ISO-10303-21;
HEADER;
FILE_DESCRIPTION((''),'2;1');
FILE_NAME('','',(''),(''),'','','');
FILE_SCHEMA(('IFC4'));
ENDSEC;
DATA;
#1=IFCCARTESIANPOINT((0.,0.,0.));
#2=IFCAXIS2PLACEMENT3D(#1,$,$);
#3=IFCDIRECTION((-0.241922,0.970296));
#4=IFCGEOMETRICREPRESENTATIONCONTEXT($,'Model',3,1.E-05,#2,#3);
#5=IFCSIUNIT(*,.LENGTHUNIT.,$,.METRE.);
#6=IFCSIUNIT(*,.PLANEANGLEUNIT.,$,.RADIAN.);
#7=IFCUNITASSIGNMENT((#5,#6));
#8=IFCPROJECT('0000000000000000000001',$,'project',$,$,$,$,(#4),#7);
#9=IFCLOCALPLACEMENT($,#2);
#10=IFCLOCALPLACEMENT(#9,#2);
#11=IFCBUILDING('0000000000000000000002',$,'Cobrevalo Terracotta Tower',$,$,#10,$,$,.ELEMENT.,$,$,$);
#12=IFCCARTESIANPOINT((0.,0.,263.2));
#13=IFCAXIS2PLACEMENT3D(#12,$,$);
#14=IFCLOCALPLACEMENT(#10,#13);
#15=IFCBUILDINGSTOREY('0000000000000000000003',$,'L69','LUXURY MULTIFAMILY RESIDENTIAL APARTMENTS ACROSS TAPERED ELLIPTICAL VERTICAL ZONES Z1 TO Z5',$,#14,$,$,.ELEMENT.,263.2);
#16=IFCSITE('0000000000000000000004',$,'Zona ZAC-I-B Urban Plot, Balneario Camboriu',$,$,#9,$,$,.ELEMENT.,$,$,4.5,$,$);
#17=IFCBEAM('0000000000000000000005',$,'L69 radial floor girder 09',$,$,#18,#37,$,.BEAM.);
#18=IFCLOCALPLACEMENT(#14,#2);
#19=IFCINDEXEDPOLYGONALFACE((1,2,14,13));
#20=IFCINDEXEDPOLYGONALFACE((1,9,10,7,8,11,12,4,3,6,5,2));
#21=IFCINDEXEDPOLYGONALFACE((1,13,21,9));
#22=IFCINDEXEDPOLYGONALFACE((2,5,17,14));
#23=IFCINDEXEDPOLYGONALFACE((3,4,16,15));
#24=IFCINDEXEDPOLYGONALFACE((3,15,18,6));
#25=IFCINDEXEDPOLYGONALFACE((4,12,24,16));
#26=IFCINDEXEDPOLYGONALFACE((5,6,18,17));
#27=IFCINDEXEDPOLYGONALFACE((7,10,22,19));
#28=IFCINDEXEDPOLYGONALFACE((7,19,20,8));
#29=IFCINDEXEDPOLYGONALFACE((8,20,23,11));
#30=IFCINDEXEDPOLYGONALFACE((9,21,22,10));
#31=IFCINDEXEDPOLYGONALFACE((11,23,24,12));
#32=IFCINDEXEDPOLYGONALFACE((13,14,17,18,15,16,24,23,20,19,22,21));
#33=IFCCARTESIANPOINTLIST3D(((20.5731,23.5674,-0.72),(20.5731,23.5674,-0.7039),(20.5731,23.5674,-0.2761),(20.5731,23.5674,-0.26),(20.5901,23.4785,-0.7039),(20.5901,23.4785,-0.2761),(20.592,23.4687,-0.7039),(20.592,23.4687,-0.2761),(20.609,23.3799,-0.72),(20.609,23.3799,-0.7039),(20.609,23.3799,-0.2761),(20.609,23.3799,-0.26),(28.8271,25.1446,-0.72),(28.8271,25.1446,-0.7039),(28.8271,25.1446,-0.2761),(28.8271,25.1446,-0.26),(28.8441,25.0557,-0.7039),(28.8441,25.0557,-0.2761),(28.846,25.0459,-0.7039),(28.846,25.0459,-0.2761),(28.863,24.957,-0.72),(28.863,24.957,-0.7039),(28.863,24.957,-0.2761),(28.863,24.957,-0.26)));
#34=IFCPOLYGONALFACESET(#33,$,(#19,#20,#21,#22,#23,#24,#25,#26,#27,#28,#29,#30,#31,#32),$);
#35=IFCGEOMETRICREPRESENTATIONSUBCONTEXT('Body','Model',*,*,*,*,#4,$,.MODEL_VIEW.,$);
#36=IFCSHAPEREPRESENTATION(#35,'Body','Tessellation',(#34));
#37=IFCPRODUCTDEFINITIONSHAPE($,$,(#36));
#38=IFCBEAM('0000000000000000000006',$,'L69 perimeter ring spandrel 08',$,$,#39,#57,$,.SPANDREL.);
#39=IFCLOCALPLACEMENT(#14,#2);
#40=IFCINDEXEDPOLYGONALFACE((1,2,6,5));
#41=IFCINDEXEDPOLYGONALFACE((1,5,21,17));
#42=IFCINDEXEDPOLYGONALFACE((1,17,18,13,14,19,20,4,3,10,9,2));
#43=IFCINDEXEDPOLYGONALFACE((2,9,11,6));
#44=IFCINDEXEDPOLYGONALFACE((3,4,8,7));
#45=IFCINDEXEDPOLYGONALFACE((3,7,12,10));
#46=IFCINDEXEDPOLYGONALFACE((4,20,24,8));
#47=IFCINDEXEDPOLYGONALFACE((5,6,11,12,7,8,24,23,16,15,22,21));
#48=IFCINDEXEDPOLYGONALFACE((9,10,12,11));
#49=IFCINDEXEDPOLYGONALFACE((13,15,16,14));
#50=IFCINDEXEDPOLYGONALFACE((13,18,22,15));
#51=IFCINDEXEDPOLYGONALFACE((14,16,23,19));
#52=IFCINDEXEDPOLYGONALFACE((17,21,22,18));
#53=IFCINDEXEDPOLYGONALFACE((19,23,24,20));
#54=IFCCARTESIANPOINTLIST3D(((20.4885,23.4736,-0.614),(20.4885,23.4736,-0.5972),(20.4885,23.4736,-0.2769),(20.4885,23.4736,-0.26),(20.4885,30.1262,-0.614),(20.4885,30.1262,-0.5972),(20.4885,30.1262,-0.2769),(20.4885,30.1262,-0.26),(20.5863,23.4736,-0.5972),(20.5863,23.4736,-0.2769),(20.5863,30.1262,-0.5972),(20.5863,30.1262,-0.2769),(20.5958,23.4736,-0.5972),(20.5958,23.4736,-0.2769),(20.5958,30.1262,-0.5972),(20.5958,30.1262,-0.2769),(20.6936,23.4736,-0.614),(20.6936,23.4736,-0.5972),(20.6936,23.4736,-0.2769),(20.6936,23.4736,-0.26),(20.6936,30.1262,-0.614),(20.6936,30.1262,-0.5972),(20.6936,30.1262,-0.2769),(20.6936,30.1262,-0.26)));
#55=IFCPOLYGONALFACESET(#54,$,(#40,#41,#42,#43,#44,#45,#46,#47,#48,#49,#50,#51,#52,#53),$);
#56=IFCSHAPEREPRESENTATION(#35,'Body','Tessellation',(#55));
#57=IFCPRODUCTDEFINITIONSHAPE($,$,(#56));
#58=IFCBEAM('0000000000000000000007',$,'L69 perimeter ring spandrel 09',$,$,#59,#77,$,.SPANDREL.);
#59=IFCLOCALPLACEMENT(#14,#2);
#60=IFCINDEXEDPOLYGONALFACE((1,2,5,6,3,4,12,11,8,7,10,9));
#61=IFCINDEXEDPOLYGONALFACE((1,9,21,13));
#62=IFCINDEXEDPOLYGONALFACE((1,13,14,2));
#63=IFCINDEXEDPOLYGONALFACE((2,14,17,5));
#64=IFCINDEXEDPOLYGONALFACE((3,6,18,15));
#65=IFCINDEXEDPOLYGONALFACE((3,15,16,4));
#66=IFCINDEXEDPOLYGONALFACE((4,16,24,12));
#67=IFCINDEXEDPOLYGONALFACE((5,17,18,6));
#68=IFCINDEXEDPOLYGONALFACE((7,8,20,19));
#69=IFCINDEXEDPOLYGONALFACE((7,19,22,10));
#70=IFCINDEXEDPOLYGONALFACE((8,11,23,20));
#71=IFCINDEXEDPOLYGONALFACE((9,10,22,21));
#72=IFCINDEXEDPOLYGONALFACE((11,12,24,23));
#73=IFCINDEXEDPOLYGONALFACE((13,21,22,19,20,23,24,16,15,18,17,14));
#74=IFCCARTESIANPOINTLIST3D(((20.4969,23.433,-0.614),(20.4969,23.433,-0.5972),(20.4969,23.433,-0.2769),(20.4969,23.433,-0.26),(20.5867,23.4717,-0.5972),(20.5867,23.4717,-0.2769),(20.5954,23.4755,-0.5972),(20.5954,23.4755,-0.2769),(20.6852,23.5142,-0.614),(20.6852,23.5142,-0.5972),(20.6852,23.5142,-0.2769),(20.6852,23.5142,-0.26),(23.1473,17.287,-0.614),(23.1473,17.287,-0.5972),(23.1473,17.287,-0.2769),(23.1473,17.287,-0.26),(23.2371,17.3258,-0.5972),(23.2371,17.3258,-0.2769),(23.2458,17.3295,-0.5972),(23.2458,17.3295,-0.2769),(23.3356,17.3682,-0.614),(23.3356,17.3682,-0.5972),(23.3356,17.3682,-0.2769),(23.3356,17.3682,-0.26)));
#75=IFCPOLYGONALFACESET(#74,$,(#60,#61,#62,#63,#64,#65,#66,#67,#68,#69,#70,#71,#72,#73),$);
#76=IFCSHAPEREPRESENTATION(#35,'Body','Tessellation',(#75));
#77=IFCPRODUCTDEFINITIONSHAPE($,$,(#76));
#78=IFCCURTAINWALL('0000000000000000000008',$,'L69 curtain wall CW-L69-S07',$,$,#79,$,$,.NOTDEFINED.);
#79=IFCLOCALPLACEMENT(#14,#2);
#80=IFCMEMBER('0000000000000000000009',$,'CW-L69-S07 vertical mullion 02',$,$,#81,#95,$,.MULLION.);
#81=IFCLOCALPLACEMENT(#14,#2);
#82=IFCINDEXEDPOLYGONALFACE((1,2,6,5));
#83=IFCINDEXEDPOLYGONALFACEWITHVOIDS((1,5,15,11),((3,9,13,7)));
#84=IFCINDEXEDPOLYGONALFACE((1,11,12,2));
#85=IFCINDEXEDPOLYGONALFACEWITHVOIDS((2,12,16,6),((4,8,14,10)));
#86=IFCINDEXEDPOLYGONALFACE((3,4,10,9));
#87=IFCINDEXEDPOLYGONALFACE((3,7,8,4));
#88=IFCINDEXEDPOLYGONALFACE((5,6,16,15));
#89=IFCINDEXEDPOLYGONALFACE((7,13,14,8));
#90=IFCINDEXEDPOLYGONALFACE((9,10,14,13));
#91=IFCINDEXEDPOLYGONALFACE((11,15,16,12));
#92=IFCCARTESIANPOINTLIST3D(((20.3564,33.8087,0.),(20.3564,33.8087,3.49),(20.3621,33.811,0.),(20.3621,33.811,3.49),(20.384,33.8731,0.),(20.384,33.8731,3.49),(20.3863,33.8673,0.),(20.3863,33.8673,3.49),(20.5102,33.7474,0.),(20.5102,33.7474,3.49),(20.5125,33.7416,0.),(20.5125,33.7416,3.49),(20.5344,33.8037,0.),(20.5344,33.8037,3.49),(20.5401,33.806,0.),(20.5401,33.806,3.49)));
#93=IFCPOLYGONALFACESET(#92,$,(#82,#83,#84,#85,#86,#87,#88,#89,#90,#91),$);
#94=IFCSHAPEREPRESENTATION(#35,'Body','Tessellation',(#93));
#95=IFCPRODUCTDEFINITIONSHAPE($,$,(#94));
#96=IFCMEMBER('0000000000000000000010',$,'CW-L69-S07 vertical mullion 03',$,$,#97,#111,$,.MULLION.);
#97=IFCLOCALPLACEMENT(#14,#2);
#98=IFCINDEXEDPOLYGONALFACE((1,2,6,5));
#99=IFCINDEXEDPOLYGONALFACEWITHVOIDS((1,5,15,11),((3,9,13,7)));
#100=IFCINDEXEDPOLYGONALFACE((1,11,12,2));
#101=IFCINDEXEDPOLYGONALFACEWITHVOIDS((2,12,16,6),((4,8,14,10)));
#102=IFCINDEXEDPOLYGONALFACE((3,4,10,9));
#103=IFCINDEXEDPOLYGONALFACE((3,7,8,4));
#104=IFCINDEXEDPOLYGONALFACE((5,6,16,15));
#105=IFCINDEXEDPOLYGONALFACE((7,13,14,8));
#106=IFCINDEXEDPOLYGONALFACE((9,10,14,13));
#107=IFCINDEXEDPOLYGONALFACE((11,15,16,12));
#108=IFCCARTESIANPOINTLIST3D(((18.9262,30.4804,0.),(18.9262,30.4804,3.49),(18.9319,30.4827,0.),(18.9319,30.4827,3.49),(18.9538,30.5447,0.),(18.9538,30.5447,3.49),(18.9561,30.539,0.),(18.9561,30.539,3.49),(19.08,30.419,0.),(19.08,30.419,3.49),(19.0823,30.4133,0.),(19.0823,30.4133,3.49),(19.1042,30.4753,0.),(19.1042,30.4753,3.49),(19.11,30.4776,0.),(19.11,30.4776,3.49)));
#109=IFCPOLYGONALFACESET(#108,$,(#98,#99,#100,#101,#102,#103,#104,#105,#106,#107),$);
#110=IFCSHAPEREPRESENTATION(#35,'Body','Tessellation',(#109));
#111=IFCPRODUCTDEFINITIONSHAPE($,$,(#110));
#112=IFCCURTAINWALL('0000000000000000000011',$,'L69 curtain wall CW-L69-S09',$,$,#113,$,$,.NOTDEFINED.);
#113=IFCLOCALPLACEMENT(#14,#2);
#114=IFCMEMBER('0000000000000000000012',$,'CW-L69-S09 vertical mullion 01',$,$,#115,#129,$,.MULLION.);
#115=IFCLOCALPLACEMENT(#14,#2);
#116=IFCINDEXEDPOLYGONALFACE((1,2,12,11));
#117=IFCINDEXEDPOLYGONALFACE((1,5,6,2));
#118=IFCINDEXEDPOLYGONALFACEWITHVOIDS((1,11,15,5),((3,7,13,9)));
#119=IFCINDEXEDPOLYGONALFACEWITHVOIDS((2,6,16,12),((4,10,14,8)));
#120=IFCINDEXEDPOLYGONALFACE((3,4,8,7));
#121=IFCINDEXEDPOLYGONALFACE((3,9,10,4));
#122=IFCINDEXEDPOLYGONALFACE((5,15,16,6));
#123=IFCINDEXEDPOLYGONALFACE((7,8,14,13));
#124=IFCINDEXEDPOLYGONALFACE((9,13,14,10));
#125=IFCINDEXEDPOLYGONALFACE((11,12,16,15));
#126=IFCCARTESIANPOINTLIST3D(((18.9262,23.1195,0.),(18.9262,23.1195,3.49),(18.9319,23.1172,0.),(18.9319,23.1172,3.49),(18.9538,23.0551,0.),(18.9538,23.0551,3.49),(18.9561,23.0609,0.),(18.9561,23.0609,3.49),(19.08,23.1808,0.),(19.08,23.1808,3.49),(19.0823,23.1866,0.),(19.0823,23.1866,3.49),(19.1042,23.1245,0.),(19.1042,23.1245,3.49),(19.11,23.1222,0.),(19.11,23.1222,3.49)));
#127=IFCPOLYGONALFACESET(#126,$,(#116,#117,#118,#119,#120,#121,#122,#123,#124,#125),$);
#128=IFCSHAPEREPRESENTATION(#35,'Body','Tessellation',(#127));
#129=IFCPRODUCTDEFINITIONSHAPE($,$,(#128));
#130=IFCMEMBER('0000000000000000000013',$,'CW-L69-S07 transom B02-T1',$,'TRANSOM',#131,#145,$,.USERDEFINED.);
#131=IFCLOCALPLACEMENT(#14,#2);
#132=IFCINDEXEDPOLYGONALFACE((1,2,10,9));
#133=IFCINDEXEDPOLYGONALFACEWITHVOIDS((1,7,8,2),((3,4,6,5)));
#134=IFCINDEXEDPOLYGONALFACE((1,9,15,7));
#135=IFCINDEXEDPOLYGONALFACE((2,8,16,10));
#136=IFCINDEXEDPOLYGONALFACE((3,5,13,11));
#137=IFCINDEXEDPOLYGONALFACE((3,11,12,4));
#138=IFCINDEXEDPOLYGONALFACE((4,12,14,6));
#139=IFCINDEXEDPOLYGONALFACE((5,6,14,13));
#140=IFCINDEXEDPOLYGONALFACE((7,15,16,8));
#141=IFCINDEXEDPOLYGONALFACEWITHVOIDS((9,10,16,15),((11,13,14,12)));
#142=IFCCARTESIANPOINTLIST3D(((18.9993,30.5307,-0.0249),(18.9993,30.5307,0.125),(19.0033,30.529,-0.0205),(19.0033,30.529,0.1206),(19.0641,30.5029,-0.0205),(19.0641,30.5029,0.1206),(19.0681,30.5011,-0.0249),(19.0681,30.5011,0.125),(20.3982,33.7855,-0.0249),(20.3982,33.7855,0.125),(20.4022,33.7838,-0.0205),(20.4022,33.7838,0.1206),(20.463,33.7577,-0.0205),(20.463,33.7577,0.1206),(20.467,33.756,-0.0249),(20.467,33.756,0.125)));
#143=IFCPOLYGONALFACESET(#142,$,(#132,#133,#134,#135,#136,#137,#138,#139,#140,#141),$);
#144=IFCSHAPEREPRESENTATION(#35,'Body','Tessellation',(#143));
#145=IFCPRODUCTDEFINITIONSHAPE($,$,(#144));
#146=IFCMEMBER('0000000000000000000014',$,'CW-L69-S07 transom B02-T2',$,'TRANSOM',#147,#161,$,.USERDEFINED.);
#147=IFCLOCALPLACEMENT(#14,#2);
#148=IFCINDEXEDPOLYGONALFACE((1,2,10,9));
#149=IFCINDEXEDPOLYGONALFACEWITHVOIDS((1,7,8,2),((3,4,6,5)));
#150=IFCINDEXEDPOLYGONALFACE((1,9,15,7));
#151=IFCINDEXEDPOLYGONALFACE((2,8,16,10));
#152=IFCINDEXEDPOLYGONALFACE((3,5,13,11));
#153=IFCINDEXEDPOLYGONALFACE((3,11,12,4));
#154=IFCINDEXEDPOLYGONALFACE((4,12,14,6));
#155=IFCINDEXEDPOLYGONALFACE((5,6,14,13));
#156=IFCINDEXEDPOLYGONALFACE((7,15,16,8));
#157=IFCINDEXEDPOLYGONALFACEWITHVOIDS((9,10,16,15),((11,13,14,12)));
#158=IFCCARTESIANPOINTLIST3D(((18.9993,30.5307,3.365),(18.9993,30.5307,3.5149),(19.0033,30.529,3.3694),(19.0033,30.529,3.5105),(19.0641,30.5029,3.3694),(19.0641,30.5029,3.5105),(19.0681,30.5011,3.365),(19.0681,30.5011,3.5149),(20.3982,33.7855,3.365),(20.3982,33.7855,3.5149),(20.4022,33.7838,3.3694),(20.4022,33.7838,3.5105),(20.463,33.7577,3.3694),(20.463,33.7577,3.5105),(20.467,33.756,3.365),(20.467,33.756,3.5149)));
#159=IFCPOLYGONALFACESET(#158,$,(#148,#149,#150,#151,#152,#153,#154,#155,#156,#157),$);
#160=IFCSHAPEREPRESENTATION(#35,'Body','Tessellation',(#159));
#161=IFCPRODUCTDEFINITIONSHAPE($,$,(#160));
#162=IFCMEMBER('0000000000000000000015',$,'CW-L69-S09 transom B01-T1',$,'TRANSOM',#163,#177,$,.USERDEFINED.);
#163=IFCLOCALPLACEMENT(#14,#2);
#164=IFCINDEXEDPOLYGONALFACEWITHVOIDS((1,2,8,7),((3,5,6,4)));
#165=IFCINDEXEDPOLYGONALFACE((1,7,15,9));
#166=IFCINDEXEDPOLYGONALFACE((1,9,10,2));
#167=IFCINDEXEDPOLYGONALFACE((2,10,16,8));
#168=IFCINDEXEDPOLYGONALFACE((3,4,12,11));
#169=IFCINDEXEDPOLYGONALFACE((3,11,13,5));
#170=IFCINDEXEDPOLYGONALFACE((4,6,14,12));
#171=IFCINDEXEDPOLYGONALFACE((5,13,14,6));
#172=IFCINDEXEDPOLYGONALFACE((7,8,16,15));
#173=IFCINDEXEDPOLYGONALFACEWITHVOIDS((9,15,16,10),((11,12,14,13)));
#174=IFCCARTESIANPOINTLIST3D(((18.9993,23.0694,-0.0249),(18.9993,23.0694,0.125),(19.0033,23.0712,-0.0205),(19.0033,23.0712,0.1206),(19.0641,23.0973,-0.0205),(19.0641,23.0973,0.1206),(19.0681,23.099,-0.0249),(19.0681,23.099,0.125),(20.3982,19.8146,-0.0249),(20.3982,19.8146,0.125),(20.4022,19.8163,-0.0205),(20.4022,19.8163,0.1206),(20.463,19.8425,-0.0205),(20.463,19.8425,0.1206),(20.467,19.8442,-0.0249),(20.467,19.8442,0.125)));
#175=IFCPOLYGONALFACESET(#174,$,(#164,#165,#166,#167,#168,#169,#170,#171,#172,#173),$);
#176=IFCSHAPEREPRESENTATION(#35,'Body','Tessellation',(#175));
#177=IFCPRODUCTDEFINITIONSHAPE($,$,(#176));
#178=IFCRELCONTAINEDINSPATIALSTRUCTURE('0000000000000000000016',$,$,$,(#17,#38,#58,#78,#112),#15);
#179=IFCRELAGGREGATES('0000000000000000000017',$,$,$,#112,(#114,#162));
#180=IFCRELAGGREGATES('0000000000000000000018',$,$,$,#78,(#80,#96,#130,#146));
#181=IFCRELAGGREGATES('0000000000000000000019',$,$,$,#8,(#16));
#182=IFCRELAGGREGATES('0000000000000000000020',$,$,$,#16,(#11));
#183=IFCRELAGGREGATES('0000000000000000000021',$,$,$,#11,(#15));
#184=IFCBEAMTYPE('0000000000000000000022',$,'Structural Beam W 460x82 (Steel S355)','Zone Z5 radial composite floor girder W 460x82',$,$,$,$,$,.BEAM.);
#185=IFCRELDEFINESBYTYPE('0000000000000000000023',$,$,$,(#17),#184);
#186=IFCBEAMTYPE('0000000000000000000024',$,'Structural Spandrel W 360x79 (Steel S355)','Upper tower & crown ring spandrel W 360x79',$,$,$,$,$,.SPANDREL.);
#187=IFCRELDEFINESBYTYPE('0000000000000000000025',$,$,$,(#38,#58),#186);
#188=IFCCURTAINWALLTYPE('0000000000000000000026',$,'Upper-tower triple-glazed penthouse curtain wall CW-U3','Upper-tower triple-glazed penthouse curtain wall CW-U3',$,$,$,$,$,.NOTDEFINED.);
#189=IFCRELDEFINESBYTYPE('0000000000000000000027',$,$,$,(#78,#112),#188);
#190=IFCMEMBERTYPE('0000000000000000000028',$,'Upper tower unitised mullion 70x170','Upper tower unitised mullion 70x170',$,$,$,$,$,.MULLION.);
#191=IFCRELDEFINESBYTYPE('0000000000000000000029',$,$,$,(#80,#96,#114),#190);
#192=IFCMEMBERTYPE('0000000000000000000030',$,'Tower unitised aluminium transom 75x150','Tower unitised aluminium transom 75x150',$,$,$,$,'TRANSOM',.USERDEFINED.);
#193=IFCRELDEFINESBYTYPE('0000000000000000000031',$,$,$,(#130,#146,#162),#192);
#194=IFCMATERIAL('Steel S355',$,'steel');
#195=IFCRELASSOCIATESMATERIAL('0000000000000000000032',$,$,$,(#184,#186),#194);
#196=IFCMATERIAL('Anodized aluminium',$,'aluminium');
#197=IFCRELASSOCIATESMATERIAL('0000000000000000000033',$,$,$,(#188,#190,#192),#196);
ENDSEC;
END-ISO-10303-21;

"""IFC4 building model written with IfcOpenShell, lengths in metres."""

from ifc_helpers import new_model, si_unit, direction, frame, origin, origin_2d, place, context, subcontext, project, spatial, hollow_rectangle, i_section, extrude, source, transform, mapped, material, material_profile, profile_set, type_object, element, aggregate, save


model = new_model("IFC4")

# Units and contexts
model_context = context("Model", 3, precision=1e-05, world=origin(), true_north=direction((-0.241922, 0.970296)))
body_context = subcontext(model_context, "Body", "Model", "MODEL_VIEW")
ifc_project = project(units=[si_unit("LENGTHUNIT", "METRE"), si_unit("PLANEANGLEUNIT", "RADIAN")], contexts=[model_context])

# Site, building, storey
site_placement = place(None, origin())
site = spatial("IfcSite", under=ifc_project, at=site_placement, Name="Zona ZAC-I-B Urban Plot, Balneario Camboriu", CompositionType="ELEMENT", RefElevation=4.5)
building_placement = place(site_placement, origin())
building = spatial("IfcBuilding", under=site, at=building_placement, Name="Cobrevalo Terracotta Tower", CompositionType="ELEMENT")
storey_placement = place(building_placement, frame((0.0, 0.0, 263.2)))
storey = spatial("IfcBuildingStorey", under=building, at=storey_placement, Name="L69", Description="LUXURY MULTIFAMILY RESIDENTIAL APARTMENTS ACROSS TAPERED ELLIPTICAL VERTICAL ZONES Z1 TO Z5", CompositionType="ELEMENT", Elevation=263.2)

# Shared definitions
ifc_material_1 = material(Name="Steel S355", Category="steel")

# Beams
ifc_material_profile_1 = material_profile(ifc_material_1, i_section(OverallWidth=0.1909, OverallDepth=0.46, WebThickness=0.01, FlangeThickness=0.0161, at=origin_2d()), Name="W 460x82")
ifc_profile_set_1 = profile_set([ifc_material_profile_1], Name="Steel S355")
beam_type_1 = type_object("IfcBeamType", Name="Structural Beam W 460x82 (Steel S355)", Description="Zone Z5 radial composite floor girder W 460x82", PredefinedType="BEAM", material=ifc_profile_set_1)
beam_1_placement = place(storey_placement, frame((20.5911, 23.4736, -0.49), z_axis=(0.98223, 0.187683, 0.0), x_axis=(-0.187683, 0.98223, 0.0)))
element("IfcBeam", 1, at=beam_1_placement, inside=storey, type_object=beam_type_1, Name="L69 radial floor girder 09", PredefinedType="BEAM", context=body_context, shape_type="SweptSolid", body=[
    extrude(i_section(OverallWidth=0.1909, OverallDepth=0.46, WebThickness=0.01, FlangeThickness=0.0161, at=origin_2d()), origin(), (0.0, 0.0, 1.0), 8.4033),
])
ifc_material_profile_2 = material_profile(ifc_material_1, i_section(OverallWidth=0.2051, OverallDepth=0.354, WebThickness=0.0095, FlangeThickness=0.0168, at=origin_2d()), Name="W 360x79")
ifc_profile_set_2 = profile_set([ifc_material_profile_2], Name="Steel S355")
beam_type_2 = type_object("IfcBeamType", Name="Structural Spandrel W 360x79 (Steel S355)", Description="Upper tower & crown ring spandrel W 360x79", PredefinedType="SPANDREL", material=ifc_profile_set_2)
beam_2_placement = place(storey_placement, frame((20.5911, 30.1262, -0.437), z_axis=(0.0, -1.0, 0.0), x_axis=(1.0, 0.0, 0.0)))
element("IfcBeam", 2, at=beam_2_placement, inside=storey, type_object=beam_type_2, Name="L69 perimeter ring spandrel 08", PredefinedType="SPANDREL", context=body_context, shape_type="SweptSolid", body=[
    extrude(i_section(OverallWidth=0.2051, OverallDepth=0.354, WebThickness=0.0095, FlangeThickness=0.0168, at=origin_2d()), origin(), (0.0, 0.0, 1.0), 6.6526),
])
beam_3_placement = place(storey_placement, frame((20.5911, 23.4736, -0.437), z_axis=(0.395987, -0.918256, 0.0), x_axis=(0.918256, 0.395987, 0.0)))
element("IfcBeam", 3, at=beam_3_placement, inside=storey, type_object=beam_type_2, Name="L69 perimeter ring spandrel 09", PredefinedType="SPANDREL", context=body_context, shape_type="SweptSolid", body=[
    extrude(i_section(OverallWidth=0.2051, OverallDepth=0.354, WebThickness=0.0095, FlangeThickness=0.0168, at=origin_2d()), origin(), (0.0, 0.0, 1.0), 6.6931),
])

# Curtain wall, members
ifc_material_2 = material(Name="Anodized aluminium", Category="aluminium")
curtain_wall_type = type_object("IfcCurtainWallType", Name="Upper-tower triple-glazed penthouse curtain wall CW-U3", Description="Upper-tower triple-glazed penthouse curtain wall CW-U3", PredefinedType="NOTDEFINED", material=ifc_material_2)
curtain_wall_1_placement = place(storey_placement, origin())
curtain_wall_1 = element("IfcCurtainWall", 4, at=curtain_wall_1_placement, inside=storey, type_object=curtain_wall_type, Name="L69 curtain wall CW-L69-S07", PredefinedType="NOTDEFINED")
ifc_material_profile_3 = material_profile(ifc_material_2, hollow_rectangle(XDim=0.0701, YDim=0.1699, WallThickness=0.0044, at=origin_2d()), Name="CWM 70x170")
ifc_profile_set_3 = profile_set([ifc_material_profile_3], Name="Anodized aluminium")
member_type_1 = type_object("IfcMemberType", Name="Upper tower unitised mullion 70x170", Description="Upper tower unitised mullion 70x170", PredefinedType="MULLION", material=ifc_profile_set_3)
shared_shape_1 = source(origin(), body_context, "Body", "SweptSolid", [
    extrude(hollow_rectangle(XDim=0.0701, YDim=0.1699, WallThickness=0.0044, at=origin_2d()), origin(), (0.0, 0.0, 1.0), 3.49),
])
member_1_placement = place(storey_placement, frame((20.4482, 33.8074, 0.0), z_axis=(0.0, 0.0, 1.0), x_axis=(-0.394824, -0.918757, 0.0)))
member_1 = element("IfcMember", 5, at=member_1_placement, type_object=member_type_1, Name="CW-L69-S07 vertical mullion 02", PredefinedType="MULLION", context=body_context, shape_type="MappedRepresentation", body=[
    mapped(shared_shape_1, transform((0.0, 0.0, 0.0), scale=1.0)),
])
member_2_placement = place(storey_placement, frame((19.0181, 30.479, 0.0), z_axis=(0.0, 0.0, 1.0), x_axis=(-0.394824, -0.918757, 0.0)))
member_2 = element("IfcMember", 6, at=member_2_placement, type_object=member_type_1, Name="CW-L69-S07 vertical mullion 03", PredefinedType="MULLION", context=body_context, shape_type="MappedRepresentation", body=[
    mapped(shared_shape_1, transform((0.0, 0.0, 0.0), scale=1.0)),
])

# Curtain wall, member
curtain_wall_2_placement = place(storey_placement, origin())
curtain_wall_2 = element("IfcCurtainWall", 7, at=curtain_wall_2_placement, inside=storey, type_object=curtain_wall_type, Name="L69 curtain wall CW-L69-S09", PredefinedType="NOTDEFINED")
member_3_placement = place(storey_placement, frame((19.0181, 23.1208, 0.0), z_axis=(0.0, 0.0, 1.0), x_axis=(0.394824, -0.918757, 0.0)))
member_3 = element("IfcMember", 8, at=member_3_placement, type_object=member_type_1, Name="CW-L69-S09 vertical mullion 01", PredefinedType="MULLION", context=body_context, shape_type="MappedRepresentation", body=[
    mapped(shared_shape_1, transform((0.0, 0.0, 0.0), scale=1.0)),
])

# Members
ifc_material_profile_4 = material_profile(ifc_material_2, hollow_rectangle(XDim=0.075, YDim=0.1499, WallThickness=0.0044, at=origin_2d()), Name="CWT 75x150")
ifc_profile_set_4 = profile_set([ifc_material_profile_4], Name="Anodized aluminium")
member_type_2 = type_object("IfcMemberType", Name="Tower unitised aluminium transom 75x150", Description="Tower unitised aluminium transom 75x150", ElementType="TRANSOM", PredefinedType="USERDEFINED", material=ifc_profile_set_4)
shared_shape_2 = source(origin(), body_context, "Body", "SweptSolid", [
    extrude(hollow_rectangle(XDim=0.075, YDim=0.1499, WallThickness=0.0044, at=origin_2d()), origin(), (0.0, 0.0, 1.0), 3.5427),
])
member_4_placement = place(storey_placement, frame((20.4326, 33.7708, 0.05), z_axis=(-0.394867, -0.918738, 0.0), x_axis=(0.918738, -0.394867, 0.0)))
member_4 = element("IfcMember", 9, at=member_4_placement, type_object=member_type_2, Name="CW-L69-S07 transom B02-T1", ObjectType="TRANSOM", PredefinedType="USERDEFINED", context=body_context, shape_type="MappedRepresentation", body=[
    mapped(shared_shape_2, transform((0.0, 0.0, 0.0), scale=1.0)),
])
member_5_placement = place(storey_placement, frame((20.4326, 33.7708, 3.4399), z_axis=(-0.394867, -0.918738, 0.0), x_axis=(0.918738, -0.394867, 0.0)))
member_5 = element("IfcMember", 10, at=member_5_placement, type_object=member_type_2, Name="CW-L69-S07 transom B02-T2", ObjectType="TRANSOM", PredefinedType="USERDEFINED", context=body_context, shape_type="MappedRepresentation", body=[
    mapped(shared_shape_2, transform((0.0, 0.0, 0.0), scale=1.0)),
])
member_6_placement = place(storey_placement, frame((19.0337, 23.0842, 0.05), z_axis=(0.394867, -0.918738, 0.0), x_axis=(0.918738, 0.394867, 0.0)))
member_6 = element("IfcMember", 11, at=member_6_placement, type_object=member_type_2, Name="CW-L69-S09 transom B01-T1", ObjectType="TRANSOM", PredefinedType="USERDEFINED", context=body_context, shape_type="MappedRepresentation", body=[
    mapped(shared_shape_2, transform((0.0, 0.0, 0.0), scale=1.0)),
])
aggregate(curtain_wall_2, [member_3, member_6])

aggregate(curtain_wall_1, [member_1, member_2, member_4, member_5])

save(model, "model.ifc")
